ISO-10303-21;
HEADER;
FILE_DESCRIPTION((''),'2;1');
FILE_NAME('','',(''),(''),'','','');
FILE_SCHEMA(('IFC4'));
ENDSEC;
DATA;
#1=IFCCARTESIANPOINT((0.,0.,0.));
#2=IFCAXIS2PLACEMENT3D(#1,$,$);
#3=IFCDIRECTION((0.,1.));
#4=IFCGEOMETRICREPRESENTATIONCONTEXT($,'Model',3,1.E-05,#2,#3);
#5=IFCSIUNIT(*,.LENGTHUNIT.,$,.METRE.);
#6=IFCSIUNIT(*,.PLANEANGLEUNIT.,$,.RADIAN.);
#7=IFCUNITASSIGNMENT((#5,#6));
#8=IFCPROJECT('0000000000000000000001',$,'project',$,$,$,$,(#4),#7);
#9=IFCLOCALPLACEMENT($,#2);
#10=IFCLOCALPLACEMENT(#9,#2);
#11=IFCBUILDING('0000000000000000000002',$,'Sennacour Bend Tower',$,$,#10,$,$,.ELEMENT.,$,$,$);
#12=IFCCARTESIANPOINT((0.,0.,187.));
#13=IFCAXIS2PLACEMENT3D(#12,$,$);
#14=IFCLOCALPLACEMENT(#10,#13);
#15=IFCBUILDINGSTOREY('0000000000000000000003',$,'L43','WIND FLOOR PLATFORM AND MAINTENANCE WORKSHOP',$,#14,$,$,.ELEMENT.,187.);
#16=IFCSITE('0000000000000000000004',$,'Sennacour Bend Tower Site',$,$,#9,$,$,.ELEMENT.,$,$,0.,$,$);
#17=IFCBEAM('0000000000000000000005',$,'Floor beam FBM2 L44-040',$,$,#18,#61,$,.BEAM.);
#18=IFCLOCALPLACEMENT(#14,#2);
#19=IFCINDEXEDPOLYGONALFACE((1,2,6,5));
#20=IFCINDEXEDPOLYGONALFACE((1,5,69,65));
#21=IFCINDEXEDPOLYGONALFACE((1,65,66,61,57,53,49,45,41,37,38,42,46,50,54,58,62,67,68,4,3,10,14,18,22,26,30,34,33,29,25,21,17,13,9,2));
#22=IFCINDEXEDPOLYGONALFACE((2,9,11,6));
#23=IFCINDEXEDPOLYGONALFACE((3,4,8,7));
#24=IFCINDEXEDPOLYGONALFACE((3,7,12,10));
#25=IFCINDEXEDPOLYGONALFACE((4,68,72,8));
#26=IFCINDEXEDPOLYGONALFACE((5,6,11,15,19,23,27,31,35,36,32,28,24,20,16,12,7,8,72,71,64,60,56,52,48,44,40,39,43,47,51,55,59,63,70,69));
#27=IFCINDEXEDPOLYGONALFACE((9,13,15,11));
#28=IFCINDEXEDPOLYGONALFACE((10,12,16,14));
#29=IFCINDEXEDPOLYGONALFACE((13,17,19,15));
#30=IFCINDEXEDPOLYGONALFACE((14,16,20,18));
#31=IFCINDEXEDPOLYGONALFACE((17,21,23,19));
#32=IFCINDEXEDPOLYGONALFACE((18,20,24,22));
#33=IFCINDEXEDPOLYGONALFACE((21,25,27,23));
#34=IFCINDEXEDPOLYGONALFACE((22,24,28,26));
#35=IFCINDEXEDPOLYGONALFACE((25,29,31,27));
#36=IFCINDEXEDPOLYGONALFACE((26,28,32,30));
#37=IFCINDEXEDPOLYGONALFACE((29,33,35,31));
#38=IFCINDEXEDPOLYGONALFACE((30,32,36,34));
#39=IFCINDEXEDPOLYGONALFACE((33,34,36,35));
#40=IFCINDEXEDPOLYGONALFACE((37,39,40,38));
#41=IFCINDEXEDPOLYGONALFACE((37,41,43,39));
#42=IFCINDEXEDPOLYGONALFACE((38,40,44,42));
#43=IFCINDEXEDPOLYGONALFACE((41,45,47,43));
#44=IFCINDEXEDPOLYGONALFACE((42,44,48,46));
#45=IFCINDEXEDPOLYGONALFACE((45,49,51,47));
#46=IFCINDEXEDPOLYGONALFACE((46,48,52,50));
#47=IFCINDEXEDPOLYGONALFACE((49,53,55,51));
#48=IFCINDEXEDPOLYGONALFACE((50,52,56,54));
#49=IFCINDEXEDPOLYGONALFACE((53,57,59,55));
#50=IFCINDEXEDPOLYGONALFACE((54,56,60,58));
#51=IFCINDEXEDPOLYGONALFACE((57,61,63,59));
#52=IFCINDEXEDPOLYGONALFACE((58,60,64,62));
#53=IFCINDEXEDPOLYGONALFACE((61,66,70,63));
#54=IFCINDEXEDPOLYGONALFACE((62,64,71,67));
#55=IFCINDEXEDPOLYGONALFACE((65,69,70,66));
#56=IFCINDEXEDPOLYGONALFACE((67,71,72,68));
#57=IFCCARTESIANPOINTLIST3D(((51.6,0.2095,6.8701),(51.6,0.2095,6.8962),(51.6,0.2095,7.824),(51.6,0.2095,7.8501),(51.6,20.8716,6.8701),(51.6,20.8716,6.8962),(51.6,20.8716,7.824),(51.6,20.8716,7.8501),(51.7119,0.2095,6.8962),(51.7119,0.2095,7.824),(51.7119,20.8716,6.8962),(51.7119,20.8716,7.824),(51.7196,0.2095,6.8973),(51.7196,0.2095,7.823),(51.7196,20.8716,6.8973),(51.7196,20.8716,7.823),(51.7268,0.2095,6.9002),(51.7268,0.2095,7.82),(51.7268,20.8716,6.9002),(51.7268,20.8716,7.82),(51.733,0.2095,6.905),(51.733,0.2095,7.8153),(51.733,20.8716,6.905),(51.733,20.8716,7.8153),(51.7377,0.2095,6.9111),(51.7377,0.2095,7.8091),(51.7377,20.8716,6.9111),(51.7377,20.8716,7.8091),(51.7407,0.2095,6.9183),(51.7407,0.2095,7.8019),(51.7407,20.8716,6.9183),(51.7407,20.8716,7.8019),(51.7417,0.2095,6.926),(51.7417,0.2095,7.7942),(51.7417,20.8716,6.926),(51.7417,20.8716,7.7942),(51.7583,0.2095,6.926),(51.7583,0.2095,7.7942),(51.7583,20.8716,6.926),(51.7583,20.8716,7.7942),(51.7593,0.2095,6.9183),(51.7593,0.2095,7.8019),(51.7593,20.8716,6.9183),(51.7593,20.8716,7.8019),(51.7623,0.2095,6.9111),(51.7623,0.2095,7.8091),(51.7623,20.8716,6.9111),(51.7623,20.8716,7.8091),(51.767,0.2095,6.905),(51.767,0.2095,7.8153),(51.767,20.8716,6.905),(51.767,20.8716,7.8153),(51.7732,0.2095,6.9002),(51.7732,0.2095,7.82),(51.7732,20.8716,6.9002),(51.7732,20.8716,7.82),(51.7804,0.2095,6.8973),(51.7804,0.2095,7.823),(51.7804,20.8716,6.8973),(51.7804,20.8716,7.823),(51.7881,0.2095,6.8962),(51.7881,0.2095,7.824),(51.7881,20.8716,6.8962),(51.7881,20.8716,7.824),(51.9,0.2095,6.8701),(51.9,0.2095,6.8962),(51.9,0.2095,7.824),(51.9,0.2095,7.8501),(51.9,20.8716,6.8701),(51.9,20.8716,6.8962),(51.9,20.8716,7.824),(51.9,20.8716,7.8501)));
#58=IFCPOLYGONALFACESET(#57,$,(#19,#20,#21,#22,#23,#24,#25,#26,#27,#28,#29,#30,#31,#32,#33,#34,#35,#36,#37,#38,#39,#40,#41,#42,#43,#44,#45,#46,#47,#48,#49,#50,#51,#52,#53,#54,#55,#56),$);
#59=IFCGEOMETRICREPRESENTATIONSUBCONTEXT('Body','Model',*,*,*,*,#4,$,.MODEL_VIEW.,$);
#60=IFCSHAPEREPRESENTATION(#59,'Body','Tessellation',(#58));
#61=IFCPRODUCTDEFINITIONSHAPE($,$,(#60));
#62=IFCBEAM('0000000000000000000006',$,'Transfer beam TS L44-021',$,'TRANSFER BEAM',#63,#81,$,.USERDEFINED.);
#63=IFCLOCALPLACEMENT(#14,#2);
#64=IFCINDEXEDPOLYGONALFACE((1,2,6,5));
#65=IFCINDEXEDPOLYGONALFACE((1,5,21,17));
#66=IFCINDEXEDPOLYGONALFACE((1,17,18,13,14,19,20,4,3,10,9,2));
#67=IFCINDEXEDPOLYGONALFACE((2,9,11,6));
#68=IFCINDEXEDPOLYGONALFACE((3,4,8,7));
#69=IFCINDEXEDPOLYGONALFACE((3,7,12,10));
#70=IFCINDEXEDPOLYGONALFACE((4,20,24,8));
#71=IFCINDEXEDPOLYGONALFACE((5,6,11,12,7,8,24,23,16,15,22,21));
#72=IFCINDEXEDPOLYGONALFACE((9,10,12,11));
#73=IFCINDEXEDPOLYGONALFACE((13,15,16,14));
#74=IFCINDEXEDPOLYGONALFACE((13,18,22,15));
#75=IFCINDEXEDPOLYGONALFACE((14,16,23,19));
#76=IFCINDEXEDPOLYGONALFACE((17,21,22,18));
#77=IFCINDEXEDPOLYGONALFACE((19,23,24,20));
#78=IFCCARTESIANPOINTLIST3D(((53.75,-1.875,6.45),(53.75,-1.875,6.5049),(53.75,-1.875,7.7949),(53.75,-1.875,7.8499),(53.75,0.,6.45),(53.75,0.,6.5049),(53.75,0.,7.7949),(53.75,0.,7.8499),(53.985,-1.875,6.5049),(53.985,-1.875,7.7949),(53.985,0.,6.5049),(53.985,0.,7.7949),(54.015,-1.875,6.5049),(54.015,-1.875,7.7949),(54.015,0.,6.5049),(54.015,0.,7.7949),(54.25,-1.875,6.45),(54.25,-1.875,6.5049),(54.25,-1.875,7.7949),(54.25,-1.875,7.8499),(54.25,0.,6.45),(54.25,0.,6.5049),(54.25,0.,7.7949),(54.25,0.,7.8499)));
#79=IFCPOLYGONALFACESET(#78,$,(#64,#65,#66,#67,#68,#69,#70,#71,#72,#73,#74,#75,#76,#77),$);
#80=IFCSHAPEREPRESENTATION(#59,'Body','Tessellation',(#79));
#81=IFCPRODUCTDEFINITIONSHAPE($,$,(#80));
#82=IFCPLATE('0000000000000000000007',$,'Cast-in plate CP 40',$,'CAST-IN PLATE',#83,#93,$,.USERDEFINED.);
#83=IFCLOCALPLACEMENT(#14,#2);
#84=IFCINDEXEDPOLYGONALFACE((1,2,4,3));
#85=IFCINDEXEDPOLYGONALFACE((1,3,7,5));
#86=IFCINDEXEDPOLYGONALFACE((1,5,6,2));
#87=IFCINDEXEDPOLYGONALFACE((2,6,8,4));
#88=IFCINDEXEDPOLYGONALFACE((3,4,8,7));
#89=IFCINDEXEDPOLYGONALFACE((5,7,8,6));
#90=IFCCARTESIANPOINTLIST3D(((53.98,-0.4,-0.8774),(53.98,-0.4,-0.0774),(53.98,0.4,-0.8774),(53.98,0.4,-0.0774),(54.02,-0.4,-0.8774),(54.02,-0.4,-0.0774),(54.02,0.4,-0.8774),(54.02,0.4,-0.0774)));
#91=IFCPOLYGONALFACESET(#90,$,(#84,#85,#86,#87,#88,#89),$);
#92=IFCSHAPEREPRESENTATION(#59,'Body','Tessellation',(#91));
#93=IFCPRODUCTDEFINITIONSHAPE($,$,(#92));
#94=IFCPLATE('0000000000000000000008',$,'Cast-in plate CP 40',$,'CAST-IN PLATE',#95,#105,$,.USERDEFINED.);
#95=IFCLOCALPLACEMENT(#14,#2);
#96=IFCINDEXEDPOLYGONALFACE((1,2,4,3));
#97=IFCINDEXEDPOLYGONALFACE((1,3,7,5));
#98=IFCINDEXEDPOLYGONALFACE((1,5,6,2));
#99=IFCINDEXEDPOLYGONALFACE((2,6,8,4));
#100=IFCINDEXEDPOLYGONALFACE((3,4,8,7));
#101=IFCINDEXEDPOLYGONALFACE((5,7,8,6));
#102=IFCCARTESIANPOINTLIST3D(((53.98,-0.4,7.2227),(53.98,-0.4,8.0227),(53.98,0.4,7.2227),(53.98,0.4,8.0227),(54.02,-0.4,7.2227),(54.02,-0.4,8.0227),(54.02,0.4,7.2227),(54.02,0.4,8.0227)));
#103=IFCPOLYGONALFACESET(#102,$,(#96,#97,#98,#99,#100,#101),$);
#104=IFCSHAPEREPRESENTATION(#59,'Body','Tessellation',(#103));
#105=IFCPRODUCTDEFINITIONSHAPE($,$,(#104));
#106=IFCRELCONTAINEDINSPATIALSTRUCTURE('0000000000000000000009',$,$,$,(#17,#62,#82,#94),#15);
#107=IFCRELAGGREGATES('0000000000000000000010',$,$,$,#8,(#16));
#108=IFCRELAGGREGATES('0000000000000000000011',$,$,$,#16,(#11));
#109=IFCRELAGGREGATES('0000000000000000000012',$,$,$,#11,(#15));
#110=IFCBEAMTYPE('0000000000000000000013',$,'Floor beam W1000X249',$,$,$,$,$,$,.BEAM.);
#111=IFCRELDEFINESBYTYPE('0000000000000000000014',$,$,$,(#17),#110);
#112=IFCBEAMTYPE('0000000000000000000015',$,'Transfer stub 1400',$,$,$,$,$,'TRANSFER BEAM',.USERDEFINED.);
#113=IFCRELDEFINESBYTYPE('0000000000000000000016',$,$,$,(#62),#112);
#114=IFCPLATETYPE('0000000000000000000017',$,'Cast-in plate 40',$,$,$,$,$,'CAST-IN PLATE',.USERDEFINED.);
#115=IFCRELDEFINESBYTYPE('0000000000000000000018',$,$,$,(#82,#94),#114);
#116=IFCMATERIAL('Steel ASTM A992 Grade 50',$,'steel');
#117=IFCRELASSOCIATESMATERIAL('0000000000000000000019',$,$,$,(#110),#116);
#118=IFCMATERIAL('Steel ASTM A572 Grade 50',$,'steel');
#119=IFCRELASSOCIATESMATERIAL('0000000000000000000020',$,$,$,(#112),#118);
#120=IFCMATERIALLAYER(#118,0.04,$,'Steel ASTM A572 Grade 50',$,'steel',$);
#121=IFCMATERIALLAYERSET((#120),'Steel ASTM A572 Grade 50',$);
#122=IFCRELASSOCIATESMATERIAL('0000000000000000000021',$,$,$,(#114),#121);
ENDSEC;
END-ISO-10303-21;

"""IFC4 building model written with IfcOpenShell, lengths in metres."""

from ifc_helpers import new_model, si_unit, direction, frame, origin, origin_2d, place, context, subcontext, project, spatial, rectangle, i_section, extrude, material, layer, layer_set, material_profile, profile_set, type_object, element, save


model = new_model("IFC4")

# Units and contexts
model_context = context("Model", 3, precision=1e-05, world=origin(), true_north=direction((0.0, 1.0)))
body_context = subcontext(model_context, "Body", "Model", "MODEL_VIEW")
ifc_project = project(units=[si_unit("LENGTHUNIT", "METRE"), si_unit("PLANEANGLEUNIT", "RADIAN")], contexts=[model_context])

# Site, building, storey
site_placement = place(None, origin())
site = spatial("IfcSite", under=ifc_project, at=site_placement, Name="Sennacour Bend Tower Site", CompositionType="ELEMENT", RefElevation=0.0)
building_placement = place(site_placement, origin())
building = spatial("IfcBuilding", under=site, at=building_placement, Name="Sennacour Bend Tower", CompositionType="ELEMENT")
storey_placement = place(building_placement, frame((0.0, 0.0, 187.0)))
storey = spatial("IfcBuildingStorey", under=building, at=storey_placement, Name="L43", Description="WIND FLOOR PLATFORM AND MAINTENANCE WORKSHOP", CompositionType="ELEMENT", Elevation=187.0)

# Shared definitions
ifc_material_1 = material(Name="Steel ASTM A992 Grade 50", Category="steel")

# Beams
ifc_material_profile_1 = material_profile(ifc_material_1, i_section(OverallWidth=0.3, OverallDepth=0.98, WebThickness=0.0166, FlangeThickness=0.0261, FilletRadius=0.0298, at=origin_2d()), Name="Steel ASTM A992 Grade 50", Category="steel")
ifc_profile_set_1 = profile_set([ifc_material_profile_1], Name="Steel ASTM A992 Grade 50")
beam_type_1 = type_object("IfcBeamType", Name="Floor beam W1000X249", PredefinedType="BEAM", material=ifc_profile_set_1)
beam_1_placement = place(storey_placement, frame((51.75, 0.2095, 7.3601), z_axis=(0.0, 1.0, 0.0), x_axis=(-1.0, 0.0, 0.0)))
element("IfcBeam", 1, at=beam_1_placement, inside=storey, type_object=beam_type_1, Name="Floor beam FBM2 L44-040", PredefinedType="BEAM", context=body_context, shape_type="SweptSolid", body=[
    extrude(i_section(OverallWidth=0.3, OverallDepth=0.98, WebThickness=0.0166, FlangeThickness=0.0261, FilletRadius=0.0298, at=origin_2d()), origin(), (0.0, 0.0, 1.0), 20.6621),
])
ifc_material_2 = material(Name="Steel ASTM A572 Grade 50", Category="steel")
ifc_material_profile_2 = material_profile(ifc_material_2, i_section(OverallWidth=0.5, OverallDepth=1.3999, WebThickness=0.03, FlangeThickness=0.0549, at=origin_2d()), Name="Steel ASTM A572 Grade 50", Category="steel")
ifc_profile_set_2 = profile_set([ifc_material_profile_2], Name="Steel ASTM A572 Grade 50")
beam_type_2 = type_object("IfcBeamType", Name="Transfer stub 1400", ElementType="TRANSFER BEAM", PredefinedType="USERDEFINED", material=ifc_profile_set_2)
beam_2_placement = place(storey_placement, frame((54.0, 0.0, 7.1499), z_axis=(0.0, -1.0, 0.0), x_axis=(1.0, 0.0, 0.0)))
element("IfcBeam", 2, at=beam_2_placement, inside=storey, type_object=beam_type_2, Name="Transfer beam TS L44-021", ObjectType="TRANSFER BEAM", PredefinedType="USERDEFINED", context=body_context, shape_type="SweptSolid", body=[
    extrude(i_section(OverallWidth=0.5, OverallDepth=1.3999, WebThickness=0.03, FlangeThickness=0.0549, at=origin_2d()), origin(), (0.0, 0.0, 1.0), 1.875),
])

# Plates
ifc_layer_1 = layer(ifc_material_2, 0.04, Name="Steel ASTM A572 Grade 50", Category="steel")
ifc_layer_set_1 = layer_set([ifc_layer_1], Name="Steel ASTM A572 Grade 50")
plate_type = type_object("IfcPlateType", Name="Cast-in plate 40", ElementType="CAST-IN PLATE", PredefinedType="USERDEFINED", material=ifc_layer_set_1)
for number, where, z_axis, x_axis, name in (
    (3, (54.0, 0.0, -0.8774), (0.0, 0.0, 1.0), (1.0, 0.0, 0.0), "Cast-in plate CP 40"),
    (4, (54.0, 0.0, 7.2227), (0.0, 0.0, 1.0), (1.0, 0.0, 0.0), "Cast-in plate CP 40"),
):
    element("IfcPlate", number, at=place(storey_placement, frame(where, z_axis=z_axis, x_axis=x_axis)), inside=storey, type_object=plate_type, Name=name, ObjectType="CAST-IN PLATE", PredefinedType="USERDEFINED", context=body_context, shape_type="SweptSolid", body=[
        extrude(rectangle(XDim=0.04, YDim=0.8, at=origin_2d()), origin(), (0.0, 0.0, 1.0), 0.8),
    ])

save(model, "model.ifc")
